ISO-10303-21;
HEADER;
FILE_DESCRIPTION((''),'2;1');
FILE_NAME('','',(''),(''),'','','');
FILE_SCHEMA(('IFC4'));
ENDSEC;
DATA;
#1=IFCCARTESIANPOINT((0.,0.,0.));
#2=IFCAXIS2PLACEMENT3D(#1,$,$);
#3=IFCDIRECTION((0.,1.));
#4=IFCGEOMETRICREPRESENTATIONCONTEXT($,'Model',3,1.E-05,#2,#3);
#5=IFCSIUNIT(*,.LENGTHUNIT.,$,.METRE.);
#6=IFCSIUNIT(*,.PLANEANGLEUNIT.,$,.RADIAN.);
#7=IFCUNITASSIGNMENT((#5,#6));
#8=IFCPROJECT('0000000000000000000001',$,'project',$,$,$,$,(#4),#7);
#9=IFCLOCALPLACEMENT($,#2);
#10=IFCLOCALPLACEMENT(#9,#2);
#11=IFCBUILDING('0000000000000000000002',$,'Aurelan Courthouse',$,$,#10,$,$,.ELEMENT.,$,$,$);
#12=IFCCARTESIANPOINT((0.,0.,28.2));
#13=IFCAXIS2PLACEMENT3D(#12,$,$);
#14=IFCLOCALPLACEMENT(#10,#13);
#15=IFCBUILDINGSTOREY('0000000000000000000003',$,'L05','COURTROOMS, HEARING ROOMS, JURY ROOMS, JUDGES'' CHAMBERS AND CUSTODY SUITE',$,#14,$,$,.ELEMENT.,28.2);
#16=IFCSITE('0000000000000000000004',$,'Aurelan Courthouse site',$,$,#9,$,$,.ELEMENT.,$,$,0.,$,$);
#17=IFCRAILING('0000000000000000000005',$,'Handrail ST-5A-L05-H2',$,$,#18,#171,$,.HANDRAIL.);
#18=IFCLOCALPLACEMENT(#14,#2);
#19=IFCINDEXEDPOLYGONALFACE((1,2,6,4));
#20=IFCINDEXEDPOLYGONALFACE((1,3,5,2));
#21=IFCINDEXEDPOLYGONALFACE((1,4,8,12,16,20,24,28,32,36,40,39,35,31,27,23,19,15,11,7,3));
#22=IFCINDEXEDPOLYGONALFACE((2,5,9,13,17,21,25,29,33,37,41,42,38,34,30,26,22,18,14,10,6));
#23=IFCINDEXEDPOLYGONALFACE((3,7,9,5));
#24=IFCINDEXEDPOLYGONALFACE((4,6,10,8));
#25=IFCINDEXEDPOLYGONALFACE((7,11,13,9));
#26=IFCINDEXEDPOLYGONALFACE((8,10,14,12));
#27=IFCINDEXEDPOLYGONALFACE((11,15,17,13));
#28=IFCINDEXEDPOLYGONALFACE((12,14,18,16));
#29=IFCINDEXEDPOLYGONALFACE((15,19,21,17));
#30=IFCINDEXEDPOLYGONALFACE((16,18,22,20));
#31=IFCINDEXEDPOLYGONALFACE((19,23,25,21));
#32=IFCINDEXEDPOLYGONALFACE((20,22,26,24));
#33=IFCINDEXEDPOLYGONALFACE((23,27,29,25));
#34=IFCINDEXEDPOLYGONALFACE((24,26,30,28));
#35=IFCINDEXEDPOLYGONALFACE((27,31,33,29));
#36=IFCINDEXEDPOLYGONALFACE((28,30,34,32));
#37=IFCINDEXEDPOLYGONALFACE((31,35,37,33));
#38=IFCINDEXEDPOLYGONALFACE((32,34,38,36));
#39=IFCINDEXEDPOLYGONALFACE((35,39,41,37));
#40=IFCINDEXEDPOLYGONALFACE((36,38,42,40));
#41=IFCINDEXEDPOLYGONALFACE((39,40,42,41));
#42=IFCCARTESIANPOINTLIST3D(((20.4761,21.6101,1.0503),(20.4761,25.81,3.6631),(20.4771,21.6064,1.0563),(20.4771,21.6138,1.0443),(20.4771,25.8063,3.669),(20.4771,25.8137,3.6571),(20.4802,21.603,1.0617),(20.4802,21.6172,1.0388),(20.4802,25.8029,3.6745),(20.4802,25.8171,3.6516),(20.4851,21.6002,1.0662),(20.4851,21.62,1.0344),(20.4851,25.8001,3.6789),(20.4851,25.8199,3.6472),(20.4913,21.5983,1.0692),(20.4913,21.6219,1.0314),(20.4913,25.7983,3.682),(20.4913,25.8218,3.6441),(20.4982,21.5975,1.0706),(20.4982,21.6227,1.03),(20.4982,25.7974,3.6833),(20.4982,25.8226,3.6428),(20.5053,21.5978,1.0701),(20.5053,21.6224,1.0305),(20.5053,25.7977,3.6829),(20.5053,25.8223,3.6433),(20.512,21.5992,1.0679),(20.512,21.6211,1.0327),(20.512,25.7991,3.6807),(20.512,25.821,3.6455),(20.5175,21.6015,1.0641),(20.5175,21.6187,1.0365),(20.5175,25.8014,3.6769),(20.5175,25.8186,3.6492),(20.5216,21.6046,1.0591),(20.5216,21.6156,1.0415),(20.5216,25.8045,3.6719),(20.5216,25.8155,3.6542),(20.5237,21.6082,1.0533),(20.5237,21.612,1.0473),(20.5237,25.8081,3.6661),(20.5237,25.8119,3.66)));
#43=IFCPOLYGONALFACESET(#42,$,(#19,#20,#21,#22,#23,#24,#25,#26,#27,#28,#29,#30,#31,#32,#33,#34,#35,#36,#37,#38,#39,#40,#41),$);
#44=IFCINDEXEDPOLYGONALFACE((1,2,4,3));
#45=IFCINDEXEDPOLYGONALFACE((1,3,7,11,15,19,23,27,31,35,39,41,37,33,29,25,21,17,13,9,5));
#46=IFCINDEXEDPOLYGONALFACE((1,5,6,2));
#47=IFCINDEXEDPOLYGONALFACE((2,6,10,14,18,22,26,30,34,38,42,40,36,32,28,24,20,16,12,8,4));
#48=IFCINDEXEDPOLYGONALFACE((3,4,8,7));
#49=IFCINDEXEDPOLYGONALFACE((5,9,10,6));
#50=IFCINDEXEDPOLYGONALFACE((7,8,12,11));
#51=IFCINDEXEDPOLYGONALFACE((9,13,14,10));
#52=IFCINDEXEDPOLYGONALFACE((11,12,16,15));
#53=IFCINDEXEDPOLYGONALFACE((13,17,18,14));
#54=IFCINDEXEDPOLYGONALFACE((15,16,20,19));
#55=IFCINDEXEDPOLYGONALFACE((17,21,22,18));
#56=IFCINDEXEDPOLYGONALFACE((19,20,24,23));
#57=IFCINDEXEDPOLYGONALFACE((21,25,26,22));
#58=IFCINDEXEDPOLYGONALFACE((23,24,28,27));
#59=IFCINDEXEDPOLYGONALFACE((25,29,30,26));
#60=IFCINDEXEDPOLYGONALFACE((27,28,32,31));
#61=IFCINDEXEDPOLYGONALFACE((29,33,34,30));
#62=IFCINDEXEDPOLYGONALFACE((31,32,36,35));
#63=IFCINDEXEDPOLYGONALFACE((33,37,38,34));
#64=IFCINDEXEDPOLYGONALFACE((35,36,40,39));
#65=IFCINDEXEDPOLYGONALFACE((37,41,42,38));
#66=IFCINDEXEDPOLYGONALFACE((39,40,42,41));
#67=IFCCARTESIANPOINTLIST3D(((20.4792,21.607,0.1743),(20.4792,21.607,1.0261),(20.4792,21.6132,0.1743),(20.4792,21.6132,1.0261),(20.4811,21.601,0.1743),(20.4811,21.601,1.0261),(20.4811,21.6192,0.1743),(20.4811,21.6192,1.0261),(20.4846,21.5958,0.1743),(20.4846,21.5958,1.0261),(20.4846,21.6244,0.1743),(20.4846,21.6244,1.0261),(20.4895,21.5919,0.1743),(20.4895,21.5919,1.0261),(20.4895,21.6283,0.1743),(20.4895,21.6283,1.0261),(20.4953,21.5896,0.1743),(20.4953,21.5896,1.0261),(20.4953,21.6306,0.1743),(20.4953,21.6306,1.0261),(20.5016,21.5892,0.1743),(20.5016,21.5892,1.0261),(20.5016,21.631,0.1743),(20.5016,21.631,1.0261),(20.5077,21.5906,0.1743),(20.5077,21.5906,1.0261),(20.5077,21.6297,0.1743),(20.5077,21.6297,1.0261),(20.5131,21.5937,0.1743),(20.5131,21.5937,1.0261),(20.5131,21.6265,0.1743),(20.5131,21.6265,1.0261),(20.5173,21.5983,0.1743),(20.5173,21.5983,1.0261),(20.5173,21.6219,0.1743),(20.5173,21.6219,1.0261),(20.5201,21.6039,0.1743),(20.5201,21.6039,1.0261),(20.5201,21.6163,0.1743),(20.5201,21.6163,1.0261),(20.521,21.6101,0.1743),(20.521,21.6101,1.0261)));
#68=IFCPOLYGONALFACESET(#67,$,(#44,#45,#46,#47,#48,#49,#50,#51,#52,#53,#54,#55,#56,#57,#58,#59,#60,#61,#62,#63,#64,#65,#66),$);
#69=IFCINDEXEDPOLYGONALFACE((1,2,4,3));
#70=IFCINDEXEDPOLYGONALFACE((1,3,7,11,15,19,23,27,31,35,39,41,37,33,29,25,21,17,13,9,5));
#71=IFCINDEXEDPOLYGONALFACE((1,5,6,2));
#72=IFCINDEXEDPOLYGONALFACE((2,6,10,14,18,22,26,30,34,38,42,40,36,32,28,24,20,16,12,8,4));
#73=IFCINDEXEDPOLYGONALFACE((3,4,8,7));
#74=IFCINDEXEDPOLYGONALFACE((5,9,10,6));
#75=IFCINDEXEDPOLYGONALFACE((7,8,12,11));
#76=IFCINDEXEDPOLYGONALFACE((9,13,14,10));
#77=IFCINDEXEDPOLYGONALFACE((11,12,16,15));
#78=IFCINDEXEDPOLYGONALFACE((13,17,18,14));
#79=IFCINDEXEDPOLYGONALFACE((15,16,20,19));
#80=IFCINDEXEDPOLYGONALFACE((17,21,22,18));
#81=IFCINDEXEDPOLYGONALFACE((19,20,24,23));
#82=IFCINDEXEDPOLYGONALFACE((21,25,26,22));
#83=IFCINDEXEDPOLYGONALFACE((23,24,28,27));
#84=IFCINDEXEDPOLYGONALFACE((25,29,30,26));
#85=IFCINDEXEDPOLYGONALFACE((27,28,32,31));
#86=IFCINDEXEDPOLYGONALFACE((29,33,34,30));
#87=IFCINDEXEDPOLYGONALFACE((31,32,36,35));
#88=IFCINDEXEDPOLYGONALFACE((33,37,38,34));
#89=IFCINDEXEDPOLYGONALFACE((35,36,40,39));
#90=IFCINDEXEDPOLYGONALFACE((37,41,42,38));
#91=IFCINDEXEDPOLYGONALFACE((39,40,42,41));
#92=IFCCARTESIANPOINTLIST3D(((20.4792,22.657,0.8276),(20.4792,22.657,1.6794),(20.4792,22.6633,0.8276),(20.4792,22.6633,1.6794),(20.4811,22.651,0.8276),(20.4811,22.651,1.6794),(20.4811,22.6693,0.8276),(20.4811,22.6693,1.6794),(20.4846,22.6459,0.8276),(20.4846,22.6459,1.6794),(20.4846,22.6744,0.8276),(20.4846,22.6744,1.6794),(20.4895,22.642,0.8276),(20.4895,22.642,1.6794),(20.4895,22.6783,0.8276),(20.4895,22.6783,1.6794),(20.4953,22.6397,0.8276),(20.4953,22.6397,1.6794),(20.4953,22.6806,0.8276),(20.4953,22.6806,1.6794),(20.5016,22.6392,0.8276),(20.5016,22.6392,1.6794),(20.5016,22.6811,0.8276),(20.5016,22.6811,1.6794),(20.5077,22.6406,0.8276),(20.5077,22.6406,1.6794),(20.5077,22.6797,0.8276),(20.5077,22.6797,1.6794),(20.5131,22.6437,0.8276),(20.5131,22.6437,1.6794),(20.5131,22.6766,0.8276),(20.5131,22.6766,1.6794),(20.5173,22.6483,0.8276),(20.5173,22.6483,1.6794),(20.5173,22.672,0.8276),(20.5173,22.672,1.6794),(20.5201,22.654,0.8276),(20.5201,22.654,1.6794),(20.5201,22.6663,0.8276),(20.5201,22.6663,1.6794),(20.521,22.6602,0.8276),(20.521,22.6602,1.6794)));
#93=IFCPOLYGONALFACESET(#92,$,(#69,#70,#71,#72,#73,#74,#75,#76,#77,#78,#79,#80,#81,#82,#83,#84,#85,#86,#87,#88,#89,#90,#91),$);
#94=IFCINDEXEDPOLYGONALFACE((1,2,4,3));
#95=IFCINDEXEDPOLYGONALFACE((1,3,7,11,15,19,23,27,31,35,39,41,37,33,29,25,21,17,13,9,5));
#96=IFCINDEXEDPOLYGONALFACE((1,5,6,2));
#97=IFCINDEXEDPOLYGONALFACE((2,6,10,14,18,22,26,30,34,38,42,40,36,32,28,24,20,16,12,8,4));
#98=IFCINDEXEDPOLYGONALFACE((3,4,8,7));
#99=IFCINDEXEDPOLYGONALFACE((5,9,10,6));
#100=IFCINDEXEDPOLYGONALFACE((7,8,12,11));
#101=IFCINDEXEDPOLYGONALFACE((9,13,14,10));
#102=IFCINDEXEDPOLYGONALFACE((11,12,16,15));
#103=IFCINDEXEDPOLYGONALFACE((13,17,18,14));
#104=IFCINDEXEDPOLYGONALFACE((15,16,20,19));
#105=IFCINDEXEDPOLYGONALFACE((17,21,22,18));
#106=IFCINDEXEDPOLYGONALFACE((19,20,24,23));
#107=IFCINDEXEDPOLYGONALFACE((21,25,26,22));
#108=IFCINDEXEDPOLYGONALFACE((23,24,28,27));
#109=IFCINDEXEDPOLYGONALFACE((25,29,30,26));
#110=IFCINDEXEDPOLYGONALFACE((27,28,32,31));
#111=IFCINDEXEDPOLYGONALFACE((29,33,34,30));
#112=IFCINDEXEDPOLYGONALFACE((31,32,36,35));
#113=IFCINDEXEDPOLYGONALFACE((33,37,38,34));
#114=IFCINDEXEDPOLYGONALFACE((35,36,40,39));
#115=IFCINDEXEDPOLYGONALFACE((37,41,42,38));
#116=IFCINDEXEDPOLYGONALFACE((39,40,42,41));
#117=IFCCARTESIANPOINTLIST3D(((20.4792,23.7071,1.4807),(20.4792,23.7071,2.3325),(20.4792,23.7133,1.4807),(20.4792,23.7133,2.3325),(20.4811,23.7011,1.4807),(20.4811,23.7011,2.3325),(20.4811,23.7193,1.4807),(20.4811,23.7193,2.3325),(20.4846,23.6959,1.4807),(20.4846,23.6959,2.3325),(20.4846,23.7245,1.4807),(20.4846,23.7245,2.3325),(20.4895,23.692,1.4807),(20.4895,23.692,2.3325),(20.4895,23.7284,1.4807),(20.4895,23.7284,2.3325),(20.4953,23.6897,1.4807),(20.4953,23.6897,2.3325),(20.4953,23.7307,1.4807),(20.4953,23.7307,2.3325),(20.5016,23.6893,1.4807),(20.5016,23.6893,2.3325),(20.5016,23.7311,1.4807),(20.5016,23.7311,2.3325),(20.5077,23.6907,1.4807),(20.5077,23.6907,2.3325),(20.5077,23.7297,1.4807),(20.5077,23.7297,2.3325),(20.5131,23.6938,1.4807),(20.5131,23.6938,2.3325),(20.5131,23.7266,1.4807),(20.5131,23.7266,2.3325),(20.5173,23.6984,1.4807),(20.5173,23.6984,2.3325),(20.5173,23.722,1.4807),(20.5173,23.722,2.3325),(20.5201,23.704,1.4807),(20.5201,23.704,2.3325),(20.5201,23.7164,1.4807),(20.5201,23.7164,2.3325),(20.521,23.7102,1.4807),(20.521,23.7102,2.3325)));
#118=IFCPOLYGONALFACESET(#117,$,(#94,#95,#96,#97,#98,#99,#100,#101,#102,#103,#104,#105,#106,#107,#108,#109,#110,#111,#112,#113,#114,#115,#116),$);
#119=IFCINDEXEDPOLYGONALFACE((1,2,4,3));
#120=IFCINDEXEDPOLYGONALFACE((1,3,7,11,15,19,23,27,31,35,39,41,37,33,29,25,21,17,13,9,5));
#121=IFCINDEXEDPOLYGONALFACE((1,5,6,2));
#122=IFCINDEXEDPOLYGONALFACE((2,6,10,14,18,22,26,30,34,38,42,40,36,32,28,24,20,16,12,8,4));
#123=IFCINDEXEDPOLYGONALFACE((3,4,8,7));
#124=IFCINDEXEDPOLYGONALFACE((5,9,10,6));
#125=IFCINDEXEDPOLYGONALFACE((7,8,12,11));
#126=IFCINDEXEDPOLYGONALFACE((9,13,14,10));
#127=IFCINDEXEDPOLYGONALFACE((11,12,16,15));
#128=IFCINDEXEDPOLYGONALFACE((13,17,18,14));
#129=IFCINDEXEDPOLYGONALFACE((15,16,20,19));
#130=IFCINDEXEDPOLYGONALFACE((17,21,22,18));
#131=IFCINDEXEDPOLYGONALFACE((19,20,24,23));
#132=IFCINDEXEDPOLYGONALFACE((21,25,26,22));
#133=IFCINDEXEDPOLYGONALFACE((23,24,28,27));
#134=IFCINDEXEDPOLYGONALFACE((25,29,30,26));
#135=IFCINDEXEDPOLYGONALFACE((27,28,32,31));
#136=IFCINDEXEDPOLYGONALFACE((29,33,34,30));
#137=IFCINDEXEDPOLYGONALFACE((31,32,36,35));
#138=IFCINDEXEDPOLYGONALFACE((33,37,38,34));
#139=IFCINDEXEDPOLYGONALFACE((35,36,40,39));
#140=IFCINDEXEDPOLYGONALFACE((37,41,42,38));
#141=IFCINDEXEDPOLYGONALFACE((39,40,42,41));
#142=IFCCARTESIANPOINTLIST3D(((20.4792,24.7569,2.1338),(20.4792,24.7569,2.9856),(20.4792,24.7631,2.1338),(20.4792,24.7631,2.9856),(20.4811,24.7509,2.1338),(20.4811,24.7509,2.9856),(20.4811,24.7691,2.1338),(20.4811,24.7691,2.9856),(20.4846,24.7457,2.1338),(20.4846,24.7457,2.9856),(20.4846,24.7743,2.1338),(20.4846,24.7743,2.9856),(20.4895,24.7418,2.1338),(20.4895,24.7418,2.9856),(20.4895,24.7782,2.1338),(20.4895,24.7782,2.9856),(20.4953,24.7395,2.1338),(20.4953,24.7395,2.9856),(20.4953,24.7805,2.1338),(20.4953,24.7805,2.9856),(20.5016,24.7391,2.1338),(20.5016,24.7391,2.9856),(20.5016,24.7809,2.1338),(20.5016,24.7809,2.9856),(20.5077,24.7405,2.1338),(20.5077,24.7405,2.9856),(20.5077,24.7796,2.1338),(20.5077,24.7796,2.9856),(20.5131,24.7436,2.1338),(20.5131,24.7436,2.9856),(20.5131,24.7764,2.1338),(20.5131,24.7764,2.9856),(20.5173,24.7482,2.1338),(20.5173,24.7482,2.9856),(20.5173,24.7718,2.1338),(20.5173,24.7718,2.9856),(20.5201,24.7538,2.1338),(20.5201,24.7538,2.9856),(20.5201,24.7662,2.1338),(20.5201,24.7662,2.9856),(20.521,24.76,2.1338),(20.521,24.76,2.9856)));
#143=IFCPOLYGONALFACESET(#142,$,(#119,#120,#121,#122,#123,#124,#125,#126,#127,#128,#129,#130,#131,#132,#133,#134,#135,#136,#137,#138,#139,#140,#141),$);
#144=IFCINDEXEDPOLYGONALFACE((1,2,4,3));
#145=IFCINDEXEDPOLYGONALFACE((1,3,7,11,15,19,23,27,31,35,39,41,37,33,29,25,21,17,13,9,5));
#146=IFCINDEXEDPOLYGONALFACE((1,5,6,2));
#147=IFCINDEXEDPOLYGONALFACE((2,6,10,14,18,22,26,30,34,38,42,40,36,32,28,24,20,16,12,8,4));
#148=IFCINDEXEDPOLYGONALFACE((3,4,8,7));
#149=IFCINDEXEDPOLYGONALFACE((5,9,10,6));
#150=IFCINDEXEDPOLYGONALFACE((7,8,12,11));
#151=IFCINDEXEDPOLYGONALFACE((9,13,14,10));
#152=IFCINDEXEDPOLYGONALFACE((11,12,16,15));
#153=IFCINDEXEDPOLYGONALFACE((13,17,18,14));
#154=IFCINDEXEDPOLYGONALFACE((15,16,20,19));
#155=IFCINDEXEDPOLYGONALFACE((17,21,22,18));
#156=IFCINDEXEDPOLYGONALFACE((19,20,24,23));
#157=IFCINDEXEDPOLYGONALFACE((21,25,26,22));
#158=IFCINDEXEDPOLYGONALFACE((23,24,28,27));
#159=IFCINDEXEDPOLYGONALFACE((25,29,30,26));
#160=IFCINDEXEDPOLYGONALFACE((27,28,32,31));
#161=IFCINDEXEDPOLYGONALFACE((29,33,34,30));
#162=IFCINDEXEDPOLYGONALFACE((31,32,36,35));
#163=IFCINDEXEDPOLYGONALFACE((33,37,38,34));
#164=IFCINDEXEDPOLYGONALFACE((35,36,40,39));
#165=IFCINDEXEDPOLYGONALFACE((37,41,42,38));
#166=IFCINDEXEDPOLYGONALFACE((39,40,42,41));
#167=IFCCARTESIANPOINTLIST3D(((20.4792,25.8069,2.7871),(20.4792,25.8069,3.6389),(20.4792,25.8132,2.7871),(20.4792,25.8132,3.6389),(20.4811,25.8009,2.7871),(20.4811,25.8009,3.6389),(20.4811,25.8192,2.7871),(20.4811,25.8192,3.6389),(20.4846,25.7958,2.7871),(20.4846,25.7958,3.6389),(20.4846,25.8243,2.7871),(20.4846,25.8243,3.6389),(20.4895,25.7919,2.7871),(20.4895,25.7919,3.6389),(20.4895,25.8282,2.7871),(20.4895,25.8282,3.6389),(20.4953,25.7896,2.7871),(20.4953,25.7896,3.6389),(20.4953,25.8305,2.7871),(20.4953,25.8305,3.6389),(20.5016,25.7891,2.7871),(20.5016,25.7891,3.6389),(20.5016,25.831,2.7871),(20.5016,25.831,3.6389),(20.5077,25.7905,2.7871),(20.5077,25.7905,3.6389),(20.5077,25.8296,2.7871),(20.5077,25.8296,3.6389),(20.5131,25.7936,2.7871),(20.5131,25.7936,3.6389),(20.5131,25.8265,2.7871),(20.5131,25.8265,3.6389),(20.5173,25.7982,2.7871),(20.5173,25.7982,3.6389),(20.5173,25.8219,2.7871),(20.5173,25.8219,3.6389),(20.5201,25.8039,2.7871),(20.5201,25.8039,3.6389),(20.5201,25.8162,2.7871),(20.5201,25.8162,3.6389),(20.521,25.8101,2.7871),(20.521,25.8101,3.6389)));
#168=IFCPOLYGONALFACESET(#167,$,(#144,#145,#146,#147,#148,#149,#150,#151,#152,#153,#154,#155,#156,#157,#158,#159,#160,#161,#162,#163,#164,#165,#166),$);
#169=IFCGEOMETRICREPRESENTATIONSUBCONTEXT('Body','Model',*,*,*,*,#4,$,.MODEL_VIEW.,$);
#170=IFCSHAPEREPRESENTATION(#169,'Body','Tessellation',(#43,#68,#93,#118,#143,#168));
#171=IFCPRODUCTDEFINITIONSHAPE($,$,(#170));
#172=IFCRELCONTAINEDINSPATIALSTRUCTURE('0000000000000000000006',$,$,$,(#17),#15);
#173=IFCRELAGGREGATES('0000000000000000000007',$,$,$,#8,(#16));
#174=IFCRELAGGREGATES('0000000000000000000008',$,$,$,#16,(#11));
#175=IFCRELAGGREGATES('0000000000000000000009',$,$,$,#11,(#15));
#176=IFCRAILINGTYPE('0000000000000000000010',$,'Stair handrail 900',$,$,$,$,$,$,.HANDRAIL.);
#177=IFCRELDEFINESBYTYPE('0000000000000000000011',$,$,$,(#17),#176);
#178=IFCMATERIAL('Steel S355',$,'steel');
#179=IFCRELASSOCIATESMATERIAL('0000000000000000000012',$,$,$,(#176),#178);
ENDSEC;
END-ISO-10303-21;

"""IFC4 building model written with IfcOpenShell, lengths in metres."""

from ifc_helpers import new_model, si_unit, direction, frame, origin, origin_2d, place, context, subcontext, project, spatial, circle, extrude, material, type_object, element, save


model = new_model("IFC4")

# Units and contexts
model_context = context("Model", 3, precision=1e-05, world=origin(), true_north=direction((0.0, 1.0)))
body_context = subcontext(model_context, "Body", "Model", "MODEL_VIEW")
ifc_project = project(units=[si_unit("LENGTHUNIT", "METRE"), si_unit("PLANEANGLEUNIT", "RADIAN")], contexts=[model_context])

# Site, building, storey
site_placement = place(None, origin())
site = spatial("IfcSite", under=ifc_project, at=site_placement, Name="Aurelan Courthouse site", CompositionType="ELEMENT", RefElevation=0.0)
building_placement = place(site_placement, origin())
building = spatial("IfcBuilding", under=site, at=building_placement, Name="Aurelan Courthouse", CompositionType="ELEMENT")
storey_placement = place(building_placement, frame((0.0, 0.0, 28.2)))
storey = spatial("IfcBuildingStorey", under=building, at=storey_placement, Name="L05", Description="COURTROOMS, HEARING ROOMS, JURY ROOMS, JUDGES' CHAMBERS AND CUSTODY SUITE", CompositionType="ELEMENT", Elevation=28.2)

# Railing
ifc_material_1 = material(Name="Steel S355", Category="steel")
railing_type_1 = type_object("IfcRailingType", Name="Stair handrail 900", PredefinedType="HANDRAIL", material=ifc_material_1)
for number, where, name in (
    (1, (20.5, 21.6101, 0.1743), "Handrail ST-5A-L05-H2"),
):
    element("IfcRailing", number, at=place(storey_placement, frame(where)), inside=storey, type_object=railing_type_1, Name=name, PredefinedType="HANDRAIL", context=body_context, shape_type="SweptSolid", body=[
        extrude(circle(Radius=0.0239, at=origin_2d()), frame((0.0, 0.0, 0.876), z_axis=(0.0, 0.849103, 0.528228), x_axis=(-1.0, 0.0, 0.0)), (0.0, 0.0, 1.0), 4.9463),
        extrude(circle(Radius=0.021, at=origin_2d()), origin(), (0.0, 0.0, 1.0), 0.8518),
        extrude(circle(Radius=0.021, at=origin_2d()), frame((0.0, 1.05, 0.6533)), (0.0, 0.0, 1.0), 0.8518),
        extrude(circle(Radius=0.021, at=origin_2d()), frame((0.0, 2.1001, 1.3064)), (0.0, 0.0, 1.0), 0.8518),
        extrude(circle(Radius=0.021, at=origin_2d()), frame((0.0, 3.1499, 1.9595)), (0.0, 0.0, 1.0), 0.8518),
        extrude(circle(Radius=0.021, at=origin_2d()), frame((0.0, 4.2, 2.6128)), (0.0, 0.0, 1.0), 0.8518),
    ])

save(model, "model.ifc")
